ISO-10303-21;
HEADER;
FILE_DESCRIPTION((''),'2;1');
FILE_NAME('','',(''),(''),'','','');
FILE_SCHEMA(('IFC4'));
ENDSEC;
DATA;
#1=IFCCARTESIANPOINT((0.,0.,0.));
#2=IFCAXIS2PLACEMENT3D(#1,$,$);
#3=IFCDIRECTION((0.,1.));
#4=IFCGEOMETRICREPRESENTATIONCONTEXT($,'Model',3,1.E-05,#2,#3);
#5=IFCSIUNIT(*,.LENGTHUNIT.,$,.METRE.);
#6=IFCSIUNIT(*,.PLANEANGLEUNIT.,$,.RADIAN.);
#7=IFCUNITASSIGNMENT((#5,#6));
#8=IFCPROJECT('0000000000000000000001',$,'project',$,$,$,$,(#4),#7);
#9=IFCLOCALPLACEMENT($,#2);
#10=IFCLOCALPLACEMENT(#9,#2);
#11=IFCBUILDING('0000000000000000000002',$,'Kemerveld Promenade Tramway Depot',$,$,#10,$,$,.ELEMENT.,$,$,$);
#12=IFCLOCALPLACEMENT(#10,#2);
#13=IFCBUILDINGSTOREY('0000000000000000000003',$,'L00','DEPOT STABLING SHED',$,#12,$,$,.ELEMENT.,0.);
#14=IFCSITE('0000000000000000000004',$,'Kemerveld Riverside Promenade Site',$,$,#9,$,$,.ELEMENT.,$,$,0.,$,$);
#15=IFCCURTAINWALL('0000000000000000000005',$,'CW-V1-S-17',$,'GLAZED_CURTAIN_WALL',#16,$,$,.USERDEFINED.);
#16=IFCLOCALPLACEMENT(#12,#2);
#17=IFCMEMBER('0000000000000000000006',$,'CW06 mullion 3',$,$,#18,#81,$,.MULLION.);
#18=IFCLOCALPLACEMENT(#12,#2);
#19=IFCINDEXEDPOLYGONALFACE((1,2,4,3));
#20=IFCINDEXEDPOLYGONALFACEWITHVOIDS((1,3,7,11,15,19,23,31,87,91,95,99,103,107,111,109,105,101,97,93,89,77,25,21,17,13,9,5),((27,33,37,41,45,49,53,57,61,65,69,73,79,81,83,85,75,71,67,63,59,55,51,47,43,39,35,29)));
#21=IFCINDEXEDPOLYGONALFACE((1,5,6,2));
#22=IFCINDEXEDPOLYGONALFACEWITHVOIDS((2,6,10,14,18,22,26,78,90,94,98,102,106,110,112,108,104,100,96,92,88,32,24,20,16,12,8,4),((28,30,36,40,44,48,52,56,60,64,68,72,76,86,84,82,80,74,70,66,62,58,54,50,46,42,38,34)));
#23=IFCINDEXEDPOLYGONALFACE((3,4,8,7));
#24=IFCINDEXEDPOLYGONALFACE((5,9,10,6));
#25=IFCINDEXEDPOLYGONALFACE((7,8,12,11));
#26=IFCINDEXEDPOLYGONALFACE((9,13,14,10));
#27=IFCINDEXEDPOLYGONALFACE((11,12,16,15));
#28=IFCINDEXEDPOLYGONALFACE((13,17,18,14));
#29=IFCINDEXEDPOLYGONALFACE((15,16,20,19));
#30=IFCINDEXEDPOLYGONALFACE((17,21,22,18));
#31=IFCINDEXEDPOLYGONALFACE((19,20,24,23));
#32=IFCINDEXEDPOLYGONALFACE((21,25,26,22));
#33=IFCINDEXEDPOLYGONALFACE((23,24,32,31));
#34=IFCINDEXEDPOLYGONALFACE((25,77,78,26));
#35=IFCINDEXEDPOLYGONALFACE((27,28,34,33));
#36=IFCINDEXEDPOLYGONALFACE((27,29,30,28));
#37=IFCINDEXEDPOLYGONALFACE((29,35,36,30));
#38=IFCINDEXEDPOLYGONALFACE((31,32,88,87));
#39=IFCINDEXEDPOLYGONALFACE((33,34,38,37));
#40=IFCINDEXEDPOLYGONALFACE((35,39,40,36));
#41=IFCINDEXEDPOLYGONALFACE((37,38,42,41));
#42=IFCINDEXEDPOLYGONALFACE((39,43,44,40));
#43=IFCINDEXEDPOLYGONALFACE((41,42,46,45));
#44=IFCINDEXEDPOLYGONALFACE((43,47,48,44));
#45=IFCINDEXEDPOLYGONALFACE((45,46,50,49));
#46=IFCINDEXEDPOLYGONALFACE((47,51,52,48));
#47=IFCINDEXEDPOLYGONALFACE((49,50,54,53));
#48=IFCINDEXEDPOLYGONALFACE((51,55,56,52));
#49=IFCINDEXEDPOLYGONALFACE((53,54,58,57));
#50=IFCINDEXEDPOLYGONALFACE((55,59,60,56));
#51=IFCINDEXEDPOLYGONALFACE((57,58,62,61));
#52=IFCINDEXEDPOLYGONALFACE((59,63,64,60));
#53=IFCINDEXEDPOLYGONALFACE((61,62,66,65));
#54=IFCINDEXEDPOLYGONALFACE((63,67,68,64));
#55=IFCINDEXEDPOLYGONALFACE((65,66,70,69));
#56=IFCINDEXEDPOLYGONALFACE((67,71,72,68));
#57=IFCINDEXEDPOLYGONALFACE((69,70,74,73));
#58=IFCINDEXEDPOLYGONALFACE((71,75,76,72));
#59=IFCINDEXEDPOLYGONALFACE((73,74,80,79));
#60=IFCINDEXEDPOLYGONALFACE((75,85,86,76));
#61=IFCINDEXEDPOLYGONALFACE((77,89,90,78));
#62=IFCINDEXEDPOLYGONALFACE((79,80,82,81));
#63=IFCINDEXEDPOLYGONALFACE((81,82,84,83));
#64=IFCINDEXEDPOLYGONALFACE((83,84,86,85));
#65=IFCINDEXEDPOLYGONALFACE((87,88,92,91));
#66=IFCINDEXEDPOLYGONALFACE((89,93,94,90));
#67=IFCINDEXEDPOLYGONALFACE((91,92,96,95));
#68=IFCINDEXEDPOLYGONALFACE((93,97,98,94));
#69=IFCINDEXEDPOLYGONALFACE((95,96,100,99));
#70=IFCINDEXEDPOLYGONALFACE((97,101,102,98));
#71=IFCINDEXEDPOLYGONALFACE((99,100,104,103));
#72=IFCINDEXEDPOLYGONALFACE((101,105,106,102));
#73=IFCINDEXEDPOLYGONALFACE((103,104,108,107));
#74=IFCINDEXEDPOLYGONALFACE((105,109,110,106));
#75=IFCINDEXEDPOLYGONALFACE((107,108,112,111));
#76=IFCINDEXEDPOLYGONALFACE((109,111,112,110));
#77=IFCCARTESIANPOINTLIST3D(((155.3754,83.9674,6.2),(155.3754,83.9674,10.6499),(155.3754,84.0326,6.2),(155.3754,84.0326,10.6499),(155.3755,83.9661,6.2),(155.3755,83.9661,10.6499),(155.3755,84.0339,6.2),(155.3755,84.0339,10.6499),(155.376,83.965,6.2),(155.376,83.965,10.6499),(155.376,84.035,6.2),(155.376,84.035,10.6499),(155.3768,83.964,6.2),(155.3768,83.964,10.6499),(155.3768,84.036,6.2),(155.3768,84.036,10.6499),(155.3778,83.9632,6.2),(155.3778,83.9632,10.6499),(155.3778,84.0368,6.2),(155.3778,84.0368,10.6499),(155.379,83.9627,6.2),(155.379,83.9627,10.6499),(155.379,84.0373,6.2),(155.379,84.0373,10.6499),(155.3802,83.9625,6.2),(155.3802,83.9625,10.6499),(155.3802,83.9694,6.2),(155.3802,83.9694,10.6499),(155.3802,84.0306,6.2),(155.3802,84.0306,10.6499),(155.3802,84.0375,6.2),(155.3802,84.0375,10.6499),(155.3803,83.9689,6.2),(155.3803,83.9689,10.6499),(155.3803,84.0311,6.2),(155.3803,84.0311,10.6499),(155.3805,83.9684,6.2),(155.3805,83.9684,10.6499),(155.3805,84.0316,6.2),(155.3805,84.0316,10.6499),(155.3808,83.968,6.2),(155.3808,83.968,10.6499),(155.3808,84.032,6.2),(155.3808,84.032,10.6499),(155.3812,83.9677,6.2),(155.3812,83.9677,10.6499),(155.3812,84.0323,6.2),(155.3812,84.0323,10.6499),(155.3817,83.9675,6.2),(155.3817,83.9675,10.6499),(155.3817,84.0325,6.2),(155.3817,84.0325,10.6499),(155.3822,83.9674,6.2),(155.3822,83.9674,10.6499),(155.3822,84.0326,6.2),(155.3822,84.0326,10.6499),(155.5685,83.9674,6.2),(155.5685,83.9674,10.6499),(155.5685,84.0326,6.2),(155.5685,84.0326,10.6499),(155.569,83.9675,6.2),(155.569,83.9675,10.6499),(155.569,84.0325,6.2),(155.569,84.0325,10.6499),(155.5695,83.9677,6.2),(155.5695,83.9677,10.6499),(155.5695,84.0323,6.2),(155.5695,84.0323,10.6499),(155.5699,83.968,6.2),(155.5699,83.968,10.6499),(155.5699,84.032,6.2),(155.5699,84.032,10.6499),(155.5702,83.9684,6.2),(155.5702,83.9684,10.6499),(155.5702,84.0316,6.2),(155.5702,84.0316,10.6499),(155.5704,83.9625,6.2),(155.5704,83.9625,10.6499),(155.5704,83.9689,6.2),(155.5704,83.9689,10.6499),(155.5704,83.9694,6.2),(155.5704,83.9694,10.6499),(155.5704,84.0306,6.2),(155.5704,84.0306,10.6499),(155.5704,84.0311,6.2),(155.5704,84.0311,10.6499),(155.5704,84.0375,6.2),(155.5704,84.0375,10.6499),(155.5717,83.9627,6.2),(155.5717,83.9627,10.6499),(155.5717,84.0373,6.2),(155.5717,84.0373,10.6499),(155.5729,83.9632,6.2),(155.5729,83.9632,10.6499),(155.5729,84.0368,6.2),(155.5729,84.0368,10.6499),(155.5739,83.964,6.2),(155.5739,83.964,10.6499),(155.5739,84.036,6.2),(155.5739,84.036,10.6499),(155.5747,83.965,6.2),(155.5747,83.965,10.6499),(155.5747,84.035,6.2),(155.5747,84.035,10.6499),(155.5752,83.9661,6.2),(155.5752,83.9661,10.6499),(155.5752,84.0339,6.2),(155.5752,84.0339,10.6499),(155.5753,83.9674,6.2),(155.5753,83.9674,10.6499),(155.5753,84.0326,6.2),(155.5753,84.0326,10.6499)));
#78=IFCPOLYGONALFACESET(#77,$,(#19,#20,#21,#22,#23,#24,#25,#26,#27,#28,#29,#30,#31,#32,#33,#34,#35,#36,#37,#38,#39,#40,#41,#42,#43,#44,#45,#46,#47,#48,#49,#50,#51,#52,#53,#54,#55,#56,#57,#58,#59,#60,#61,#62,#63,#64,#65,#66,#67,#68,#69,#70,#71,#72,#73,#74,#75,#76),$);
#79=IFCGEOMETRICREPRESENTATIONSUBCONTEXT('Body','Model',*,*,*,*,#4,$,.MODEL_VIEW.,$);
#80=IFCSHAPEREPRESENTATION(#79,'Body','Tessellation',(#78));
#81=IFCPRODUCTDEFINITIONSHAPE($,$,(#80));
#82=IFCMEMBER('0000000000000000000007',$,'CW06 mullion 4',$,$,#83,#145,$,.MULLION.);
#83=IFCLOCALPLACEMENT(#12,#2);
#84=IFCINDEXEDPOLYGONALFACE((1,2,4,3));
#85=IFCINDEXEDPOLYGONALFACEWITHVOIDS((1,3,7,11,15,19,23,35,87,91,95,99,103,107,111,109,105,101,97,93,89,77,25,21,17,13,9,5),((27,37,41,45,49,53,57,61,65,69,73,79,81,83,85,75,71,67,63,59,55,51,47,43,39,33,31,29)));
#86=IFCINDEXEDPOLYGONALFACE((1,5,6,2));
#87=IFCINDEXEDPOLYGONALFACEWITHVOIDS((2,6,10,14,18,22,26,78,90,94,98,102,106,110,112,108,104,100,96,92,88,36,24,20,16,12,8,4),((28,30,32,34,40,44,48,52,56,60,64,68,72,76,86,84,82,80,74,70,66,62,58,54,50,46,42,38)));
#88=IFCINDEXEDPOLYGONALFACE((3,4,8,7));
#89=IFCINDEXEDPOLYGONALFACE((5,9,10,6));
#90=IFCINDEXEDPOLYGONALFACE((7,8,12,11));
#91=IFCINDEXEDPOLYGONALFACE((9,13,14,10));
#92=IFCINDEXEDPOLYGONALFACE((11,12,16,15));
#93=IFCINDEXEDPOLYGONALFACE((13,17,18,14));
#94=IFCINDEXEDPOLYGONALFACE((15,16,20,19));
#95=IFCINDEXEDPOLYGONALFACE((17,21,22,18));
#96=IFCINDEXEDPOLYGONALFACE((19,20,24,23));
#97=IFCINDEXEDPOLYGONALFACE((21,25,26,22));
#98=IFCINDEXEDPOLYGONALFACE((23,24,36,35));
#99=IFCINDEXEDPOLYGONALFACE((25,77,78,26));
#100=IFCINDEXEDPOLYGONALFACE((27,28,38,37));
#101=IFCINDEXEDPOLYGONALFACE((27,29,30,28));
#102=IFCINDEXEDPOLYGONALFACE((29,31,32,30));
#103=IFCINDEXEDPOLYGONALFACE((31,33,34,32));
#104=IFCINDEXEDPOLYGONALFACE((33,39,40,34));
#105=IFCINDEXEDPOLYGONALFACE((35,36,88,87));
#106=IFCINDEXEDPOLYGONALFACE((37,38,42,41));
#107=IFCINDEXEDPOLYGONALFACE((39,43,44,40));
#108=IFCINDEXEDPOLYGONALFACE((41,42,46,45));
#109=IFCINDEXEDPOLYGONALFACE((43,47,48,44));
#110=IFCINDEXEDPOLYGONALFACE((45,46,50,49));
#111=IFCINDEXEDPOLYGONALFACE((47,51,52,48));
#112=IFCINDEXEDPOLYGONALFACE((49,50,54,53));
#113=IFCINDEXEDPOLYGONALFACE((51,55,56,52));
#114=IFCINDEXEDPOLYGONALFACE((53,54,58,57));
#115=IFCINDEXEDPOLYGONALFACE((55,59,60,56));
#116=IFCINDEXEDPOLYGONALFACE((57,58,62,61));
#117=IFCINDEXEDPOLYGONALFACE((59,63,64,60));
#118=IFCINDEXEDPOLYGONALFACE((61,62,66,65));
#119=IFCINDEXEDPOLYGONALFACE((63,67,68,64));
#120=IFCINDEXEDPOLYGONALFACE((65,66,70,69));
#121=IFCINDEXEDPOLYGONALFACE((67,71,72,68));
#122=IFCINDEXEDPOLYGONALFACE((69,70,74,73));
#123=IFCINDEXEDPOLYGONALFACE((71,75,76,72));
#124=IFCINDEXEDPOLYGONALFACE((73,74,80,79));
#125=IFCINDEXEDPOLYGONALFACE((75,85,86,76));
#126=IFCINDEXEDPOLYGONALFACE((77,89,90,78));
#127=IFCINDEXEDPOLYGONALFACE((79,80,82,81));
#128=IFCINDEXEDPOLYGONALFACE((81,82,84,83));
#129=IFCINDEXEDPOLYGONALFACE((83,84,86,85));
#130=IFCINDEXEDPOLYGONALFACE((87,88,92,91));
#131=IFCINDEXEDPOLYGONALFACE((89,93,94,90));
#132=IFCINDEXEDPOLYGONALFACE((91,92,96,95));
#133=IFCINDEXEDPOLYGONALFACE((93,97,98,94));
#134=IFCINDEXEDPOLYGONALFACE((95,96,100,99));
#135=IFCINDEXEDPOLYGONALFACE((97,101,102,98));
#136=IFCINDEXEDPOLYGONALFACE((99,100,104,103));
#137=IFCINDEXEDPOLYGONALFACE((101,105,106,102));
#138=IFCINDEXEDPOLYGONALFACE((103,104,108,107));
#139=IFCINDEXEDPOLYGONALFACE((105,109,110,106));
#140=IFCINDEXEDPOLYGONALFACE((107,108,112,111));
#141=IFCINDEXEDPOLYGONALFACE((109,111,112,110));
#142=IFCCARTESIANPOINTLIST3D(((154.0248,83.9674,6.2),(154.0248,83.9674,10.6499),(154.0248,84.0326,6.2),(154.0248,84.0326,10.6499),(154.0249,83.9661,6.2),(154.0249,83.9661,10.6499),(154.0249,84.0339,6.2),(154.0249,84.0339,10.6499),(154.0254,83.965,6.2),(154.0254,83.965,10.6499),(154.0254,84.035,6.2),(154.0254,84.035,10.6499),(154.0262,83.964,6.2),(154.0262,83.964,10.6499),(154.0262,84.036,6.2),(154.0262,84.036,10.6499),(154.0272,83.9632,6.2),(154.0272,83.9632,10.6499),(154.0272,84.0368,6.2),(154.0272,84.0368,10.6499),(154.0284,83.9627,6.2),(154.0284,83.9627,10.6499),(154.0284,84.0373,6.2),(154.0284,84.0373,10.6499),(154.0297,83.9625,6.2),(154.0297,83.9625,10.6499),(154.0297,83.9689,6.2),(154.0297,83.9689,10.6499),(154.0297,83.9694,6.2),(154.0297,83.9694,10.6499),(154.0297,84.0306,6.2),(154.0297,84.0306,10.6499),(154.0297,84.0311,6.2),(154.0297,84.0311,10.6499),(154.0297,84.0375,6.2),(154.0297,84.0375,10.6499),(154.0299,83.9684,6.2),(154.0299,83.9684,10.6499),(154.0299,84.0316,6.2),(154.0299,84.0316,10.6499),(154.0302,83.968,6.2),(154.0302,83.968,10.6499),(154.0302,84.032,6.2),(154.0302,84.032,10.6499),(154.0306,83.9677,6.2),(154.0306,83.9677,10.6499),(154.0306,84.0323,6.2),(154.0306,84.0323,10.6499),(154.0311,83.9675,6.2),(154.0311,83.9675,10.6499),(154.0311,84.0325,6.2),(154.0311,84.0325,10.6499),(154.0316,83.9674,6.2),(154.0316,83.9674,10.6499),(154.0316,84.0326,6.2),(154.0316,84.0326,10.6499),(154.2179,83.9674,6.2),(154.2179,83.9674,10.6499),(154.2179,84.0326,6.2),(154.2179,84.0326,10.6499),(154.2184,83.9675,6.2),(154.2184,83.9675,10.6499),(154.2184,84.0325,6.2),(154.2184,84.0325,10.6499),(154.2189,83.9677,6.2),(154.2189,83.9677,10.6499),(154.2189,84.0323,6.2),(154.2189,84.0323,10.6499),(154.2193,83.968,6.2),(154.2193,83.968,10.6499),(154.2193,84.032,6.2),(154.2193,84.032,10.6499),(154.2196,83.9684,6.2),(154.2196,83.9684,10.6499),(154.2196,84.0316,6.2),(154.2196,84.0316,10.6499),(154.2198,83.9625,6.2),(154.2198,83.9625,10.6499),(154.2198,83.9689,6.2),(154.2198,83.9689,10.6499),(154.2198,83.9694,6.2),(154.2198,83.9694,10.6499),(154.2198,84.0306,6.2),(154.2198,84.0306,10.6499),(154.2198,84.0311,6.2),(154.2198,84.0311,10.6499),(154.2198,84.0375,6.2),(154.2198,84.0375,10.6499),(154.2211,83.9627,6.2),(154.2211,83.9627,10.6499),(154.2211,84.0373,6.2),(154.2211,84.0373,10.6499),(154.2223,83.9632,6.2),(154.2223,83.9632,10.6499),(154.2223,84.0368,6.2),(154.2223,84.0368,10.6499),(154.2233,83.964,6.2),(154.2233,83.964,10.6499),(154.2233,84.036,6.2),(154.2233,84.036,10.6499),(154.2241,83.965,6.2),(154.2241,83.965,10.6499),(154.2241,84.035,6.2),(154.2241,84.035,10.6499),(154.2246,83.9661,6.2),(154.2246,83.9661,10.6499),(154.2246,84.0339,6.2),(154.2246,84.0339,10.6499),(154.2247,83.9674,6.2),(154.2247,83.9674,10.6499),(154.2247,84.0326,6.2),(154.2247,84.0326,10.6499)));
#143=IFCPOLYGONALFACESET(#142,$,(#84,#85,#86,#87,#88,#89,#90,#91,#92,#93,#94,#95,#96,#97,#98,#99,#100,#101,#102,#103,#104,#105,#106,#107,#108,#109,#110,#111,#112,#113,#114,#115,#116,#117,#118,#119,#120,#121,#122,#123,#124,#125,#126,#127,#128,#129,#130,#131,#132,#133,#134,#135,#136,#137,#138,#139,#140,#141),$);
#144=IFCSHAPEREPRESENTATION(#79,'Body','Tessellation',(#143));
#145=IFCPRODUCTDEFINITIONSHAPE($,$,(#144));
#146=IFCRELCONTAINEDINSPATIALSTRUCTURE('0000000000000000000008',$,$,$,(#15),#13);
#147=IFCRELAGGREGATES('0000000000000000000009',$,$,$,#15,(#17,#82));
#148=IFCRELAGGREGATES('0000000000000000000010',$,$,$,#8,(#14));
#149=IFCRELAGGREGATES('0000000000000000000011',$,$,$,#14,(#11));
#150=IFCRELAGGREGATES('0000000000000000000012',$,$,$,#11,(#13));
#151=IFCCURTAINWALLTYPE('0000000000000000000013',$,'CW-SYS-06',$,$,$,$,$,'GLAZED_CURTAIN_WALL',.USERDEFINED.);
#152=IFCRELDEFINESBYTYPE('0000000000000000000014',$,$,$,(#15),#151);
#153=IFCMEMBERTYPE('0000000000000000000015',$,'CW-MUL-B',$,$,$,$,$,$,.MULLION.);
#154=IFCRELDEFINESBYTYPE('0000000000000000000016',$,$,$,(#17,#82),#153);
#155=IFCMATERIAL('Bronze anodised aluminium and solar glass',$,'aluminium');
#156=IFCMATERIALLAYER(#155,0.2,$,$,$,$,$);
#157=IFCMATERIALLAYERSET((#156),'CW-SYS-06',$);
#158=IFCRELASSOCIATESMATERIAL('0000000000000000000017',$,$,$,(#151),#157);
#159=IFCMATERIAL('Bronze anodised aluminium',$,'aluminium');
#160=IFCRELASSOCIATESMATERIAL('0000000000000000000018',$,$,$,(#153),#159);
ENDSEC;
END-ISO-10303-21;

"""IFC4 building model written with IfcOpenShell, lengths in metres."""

from ifc_helpers import new_model, si_unit, direction, frame, origin, origin_2d, place, context, subcontext, project, spatial, hollow_rectangle, extrude, material, layer, layer_set, material_profile, profile_set, type_object, element, aggregate, save


model = new_model("IFC4")

# Units and contexts
model_context = context("Model", 3, precision=1e-05, world=origin(), true_north=direction((0.0, 1.0)))
body_context = subcontext(model_context, "Body", "Model", "MODEL_VIEW")
ifc_project = project(units=[si_unit("LENGTHUNIT", "METRE"), si_unit("PLANEANGLEUNIT", "RADIAN")], contexts=[model_context])

# Site, building, storey
site_placement = place(None, origin())
site = spatial("IfcSite", under=ifc_project, at=site_placement, Name="Kemerveld Riverside Promenade Site", CompositionType="ELEMENT", RefElevation=0.0)
building_placement = place(site_placement, origin())
building = spatial("IfcBuilding", under=site, at=building_placement, Name="Kemerveld Promenade Tramway Depot", CompositionType="ELEMENT")
storey_placement = place(building_placement, origin())
storey = spatial("IfcBuildingStorey", under=building, at=storey_placement, Name="L00", Description="DEPOT STABLING SHED", CompositionType="ELEMENT", Elevation=0.0)

# Shared definitions
ifc_material_1 = material(Name="Bronze anodised aluminium and solar glass", Category="aluminium")
ifc_material_2 = material(Name="Bronze anodised aluminium", Category="aluminium")

# Curtain wall, members
ifc_layer_1 = layer(ifc_material_1, 0.2)
ifc_layer_set_1 = layer_set([ifc_layer_1], Name="CW-SYS-06")
curtain_wall_type_1 = type_object("IfcCurtainWallType", Name="CW-SYS-06", ElementType="GLAZED_CURTAIN_WALL", PredefinedType="USERDEFINED", material=ifc_layer_set_1)
curtain_wall_1_placement = place(storey_placement, origin())
curtain_wall_1 = element("IfcCurtainWall", 1, at=curtain_wall_1_placement, inside=storey, type_object=curtain_wall_type_1, Name="CW-V1-S-17", ObjectType="GLAZED_CURTAIN_WALL", PredefinedType="USERDEFINED")
ifc_material_profile_1 = material_profile(ifc_material_2, hollow_rectangle(XDim=0.075, YDim=0.2, WallThickness=0.0049, InnerFilletRadius=0.002, OuterFilletRadius=0.0049, at=origin_2d()), Name="CW-MUL-200x75")
ifc_profile_set_1 = profile_set([ifc_material_profile_1], Name="Bronze anodised aluminium")
member_type_1 = type_object("IfcMemberType", Name="CW-MUL-B", PredefinedType="MULLION", material=ifc_profile_set_1)
member_1_placement = place(storey_placement, frame((155.4753, 84.0, 6.2), z_axis=(0.0, 0.0, 1.0), x_axis=(0.0, -1.0, 0.0)))
member_1 = element("IfcMember", 2, at=member_1_placement, type_object=member_type_1, Name="CW06 mullion 3", PredefinedType="MULLION", context=body_context, shape_type="SweptSolid", body=[
    extrude(hollow_rectangle(XDim=0.075, YDim=0.2, WallThickness=0.0049, InnerFilletRadius=0.002, OuterFilletRadius=0.0049, at=origin_2d()), origin(), (0.0, 0.0, 1.0), 4.45),
])
member_2_placement = place(storey_placement, frame((154.1248, 84.0, 6.2), z_axis=(0.0, 0.0, 1.0), x_axis=(0.0, -1.0, 0.0)))
member_2 = element("IfcMember", 3, at=member_2_placement, type_object=member_type_1, Name="CW06 mullion 4", PredefinedType="MULLION", context=body_context, shape_type="SweptSolid", body=[
    extrude(hollow_rectangle(XDim=0.075, YDim=0.2, WallThickness=0.0049, InnerFilletRadius=0.002, OuterFilletRadius=0.0049, at=origin_2d()), origin(), (0.0, 0.0, 1.0), 4.45),
])

aggregate(curtain_wall_1, [member_1, member_2])

save(model, "model.ifc")
